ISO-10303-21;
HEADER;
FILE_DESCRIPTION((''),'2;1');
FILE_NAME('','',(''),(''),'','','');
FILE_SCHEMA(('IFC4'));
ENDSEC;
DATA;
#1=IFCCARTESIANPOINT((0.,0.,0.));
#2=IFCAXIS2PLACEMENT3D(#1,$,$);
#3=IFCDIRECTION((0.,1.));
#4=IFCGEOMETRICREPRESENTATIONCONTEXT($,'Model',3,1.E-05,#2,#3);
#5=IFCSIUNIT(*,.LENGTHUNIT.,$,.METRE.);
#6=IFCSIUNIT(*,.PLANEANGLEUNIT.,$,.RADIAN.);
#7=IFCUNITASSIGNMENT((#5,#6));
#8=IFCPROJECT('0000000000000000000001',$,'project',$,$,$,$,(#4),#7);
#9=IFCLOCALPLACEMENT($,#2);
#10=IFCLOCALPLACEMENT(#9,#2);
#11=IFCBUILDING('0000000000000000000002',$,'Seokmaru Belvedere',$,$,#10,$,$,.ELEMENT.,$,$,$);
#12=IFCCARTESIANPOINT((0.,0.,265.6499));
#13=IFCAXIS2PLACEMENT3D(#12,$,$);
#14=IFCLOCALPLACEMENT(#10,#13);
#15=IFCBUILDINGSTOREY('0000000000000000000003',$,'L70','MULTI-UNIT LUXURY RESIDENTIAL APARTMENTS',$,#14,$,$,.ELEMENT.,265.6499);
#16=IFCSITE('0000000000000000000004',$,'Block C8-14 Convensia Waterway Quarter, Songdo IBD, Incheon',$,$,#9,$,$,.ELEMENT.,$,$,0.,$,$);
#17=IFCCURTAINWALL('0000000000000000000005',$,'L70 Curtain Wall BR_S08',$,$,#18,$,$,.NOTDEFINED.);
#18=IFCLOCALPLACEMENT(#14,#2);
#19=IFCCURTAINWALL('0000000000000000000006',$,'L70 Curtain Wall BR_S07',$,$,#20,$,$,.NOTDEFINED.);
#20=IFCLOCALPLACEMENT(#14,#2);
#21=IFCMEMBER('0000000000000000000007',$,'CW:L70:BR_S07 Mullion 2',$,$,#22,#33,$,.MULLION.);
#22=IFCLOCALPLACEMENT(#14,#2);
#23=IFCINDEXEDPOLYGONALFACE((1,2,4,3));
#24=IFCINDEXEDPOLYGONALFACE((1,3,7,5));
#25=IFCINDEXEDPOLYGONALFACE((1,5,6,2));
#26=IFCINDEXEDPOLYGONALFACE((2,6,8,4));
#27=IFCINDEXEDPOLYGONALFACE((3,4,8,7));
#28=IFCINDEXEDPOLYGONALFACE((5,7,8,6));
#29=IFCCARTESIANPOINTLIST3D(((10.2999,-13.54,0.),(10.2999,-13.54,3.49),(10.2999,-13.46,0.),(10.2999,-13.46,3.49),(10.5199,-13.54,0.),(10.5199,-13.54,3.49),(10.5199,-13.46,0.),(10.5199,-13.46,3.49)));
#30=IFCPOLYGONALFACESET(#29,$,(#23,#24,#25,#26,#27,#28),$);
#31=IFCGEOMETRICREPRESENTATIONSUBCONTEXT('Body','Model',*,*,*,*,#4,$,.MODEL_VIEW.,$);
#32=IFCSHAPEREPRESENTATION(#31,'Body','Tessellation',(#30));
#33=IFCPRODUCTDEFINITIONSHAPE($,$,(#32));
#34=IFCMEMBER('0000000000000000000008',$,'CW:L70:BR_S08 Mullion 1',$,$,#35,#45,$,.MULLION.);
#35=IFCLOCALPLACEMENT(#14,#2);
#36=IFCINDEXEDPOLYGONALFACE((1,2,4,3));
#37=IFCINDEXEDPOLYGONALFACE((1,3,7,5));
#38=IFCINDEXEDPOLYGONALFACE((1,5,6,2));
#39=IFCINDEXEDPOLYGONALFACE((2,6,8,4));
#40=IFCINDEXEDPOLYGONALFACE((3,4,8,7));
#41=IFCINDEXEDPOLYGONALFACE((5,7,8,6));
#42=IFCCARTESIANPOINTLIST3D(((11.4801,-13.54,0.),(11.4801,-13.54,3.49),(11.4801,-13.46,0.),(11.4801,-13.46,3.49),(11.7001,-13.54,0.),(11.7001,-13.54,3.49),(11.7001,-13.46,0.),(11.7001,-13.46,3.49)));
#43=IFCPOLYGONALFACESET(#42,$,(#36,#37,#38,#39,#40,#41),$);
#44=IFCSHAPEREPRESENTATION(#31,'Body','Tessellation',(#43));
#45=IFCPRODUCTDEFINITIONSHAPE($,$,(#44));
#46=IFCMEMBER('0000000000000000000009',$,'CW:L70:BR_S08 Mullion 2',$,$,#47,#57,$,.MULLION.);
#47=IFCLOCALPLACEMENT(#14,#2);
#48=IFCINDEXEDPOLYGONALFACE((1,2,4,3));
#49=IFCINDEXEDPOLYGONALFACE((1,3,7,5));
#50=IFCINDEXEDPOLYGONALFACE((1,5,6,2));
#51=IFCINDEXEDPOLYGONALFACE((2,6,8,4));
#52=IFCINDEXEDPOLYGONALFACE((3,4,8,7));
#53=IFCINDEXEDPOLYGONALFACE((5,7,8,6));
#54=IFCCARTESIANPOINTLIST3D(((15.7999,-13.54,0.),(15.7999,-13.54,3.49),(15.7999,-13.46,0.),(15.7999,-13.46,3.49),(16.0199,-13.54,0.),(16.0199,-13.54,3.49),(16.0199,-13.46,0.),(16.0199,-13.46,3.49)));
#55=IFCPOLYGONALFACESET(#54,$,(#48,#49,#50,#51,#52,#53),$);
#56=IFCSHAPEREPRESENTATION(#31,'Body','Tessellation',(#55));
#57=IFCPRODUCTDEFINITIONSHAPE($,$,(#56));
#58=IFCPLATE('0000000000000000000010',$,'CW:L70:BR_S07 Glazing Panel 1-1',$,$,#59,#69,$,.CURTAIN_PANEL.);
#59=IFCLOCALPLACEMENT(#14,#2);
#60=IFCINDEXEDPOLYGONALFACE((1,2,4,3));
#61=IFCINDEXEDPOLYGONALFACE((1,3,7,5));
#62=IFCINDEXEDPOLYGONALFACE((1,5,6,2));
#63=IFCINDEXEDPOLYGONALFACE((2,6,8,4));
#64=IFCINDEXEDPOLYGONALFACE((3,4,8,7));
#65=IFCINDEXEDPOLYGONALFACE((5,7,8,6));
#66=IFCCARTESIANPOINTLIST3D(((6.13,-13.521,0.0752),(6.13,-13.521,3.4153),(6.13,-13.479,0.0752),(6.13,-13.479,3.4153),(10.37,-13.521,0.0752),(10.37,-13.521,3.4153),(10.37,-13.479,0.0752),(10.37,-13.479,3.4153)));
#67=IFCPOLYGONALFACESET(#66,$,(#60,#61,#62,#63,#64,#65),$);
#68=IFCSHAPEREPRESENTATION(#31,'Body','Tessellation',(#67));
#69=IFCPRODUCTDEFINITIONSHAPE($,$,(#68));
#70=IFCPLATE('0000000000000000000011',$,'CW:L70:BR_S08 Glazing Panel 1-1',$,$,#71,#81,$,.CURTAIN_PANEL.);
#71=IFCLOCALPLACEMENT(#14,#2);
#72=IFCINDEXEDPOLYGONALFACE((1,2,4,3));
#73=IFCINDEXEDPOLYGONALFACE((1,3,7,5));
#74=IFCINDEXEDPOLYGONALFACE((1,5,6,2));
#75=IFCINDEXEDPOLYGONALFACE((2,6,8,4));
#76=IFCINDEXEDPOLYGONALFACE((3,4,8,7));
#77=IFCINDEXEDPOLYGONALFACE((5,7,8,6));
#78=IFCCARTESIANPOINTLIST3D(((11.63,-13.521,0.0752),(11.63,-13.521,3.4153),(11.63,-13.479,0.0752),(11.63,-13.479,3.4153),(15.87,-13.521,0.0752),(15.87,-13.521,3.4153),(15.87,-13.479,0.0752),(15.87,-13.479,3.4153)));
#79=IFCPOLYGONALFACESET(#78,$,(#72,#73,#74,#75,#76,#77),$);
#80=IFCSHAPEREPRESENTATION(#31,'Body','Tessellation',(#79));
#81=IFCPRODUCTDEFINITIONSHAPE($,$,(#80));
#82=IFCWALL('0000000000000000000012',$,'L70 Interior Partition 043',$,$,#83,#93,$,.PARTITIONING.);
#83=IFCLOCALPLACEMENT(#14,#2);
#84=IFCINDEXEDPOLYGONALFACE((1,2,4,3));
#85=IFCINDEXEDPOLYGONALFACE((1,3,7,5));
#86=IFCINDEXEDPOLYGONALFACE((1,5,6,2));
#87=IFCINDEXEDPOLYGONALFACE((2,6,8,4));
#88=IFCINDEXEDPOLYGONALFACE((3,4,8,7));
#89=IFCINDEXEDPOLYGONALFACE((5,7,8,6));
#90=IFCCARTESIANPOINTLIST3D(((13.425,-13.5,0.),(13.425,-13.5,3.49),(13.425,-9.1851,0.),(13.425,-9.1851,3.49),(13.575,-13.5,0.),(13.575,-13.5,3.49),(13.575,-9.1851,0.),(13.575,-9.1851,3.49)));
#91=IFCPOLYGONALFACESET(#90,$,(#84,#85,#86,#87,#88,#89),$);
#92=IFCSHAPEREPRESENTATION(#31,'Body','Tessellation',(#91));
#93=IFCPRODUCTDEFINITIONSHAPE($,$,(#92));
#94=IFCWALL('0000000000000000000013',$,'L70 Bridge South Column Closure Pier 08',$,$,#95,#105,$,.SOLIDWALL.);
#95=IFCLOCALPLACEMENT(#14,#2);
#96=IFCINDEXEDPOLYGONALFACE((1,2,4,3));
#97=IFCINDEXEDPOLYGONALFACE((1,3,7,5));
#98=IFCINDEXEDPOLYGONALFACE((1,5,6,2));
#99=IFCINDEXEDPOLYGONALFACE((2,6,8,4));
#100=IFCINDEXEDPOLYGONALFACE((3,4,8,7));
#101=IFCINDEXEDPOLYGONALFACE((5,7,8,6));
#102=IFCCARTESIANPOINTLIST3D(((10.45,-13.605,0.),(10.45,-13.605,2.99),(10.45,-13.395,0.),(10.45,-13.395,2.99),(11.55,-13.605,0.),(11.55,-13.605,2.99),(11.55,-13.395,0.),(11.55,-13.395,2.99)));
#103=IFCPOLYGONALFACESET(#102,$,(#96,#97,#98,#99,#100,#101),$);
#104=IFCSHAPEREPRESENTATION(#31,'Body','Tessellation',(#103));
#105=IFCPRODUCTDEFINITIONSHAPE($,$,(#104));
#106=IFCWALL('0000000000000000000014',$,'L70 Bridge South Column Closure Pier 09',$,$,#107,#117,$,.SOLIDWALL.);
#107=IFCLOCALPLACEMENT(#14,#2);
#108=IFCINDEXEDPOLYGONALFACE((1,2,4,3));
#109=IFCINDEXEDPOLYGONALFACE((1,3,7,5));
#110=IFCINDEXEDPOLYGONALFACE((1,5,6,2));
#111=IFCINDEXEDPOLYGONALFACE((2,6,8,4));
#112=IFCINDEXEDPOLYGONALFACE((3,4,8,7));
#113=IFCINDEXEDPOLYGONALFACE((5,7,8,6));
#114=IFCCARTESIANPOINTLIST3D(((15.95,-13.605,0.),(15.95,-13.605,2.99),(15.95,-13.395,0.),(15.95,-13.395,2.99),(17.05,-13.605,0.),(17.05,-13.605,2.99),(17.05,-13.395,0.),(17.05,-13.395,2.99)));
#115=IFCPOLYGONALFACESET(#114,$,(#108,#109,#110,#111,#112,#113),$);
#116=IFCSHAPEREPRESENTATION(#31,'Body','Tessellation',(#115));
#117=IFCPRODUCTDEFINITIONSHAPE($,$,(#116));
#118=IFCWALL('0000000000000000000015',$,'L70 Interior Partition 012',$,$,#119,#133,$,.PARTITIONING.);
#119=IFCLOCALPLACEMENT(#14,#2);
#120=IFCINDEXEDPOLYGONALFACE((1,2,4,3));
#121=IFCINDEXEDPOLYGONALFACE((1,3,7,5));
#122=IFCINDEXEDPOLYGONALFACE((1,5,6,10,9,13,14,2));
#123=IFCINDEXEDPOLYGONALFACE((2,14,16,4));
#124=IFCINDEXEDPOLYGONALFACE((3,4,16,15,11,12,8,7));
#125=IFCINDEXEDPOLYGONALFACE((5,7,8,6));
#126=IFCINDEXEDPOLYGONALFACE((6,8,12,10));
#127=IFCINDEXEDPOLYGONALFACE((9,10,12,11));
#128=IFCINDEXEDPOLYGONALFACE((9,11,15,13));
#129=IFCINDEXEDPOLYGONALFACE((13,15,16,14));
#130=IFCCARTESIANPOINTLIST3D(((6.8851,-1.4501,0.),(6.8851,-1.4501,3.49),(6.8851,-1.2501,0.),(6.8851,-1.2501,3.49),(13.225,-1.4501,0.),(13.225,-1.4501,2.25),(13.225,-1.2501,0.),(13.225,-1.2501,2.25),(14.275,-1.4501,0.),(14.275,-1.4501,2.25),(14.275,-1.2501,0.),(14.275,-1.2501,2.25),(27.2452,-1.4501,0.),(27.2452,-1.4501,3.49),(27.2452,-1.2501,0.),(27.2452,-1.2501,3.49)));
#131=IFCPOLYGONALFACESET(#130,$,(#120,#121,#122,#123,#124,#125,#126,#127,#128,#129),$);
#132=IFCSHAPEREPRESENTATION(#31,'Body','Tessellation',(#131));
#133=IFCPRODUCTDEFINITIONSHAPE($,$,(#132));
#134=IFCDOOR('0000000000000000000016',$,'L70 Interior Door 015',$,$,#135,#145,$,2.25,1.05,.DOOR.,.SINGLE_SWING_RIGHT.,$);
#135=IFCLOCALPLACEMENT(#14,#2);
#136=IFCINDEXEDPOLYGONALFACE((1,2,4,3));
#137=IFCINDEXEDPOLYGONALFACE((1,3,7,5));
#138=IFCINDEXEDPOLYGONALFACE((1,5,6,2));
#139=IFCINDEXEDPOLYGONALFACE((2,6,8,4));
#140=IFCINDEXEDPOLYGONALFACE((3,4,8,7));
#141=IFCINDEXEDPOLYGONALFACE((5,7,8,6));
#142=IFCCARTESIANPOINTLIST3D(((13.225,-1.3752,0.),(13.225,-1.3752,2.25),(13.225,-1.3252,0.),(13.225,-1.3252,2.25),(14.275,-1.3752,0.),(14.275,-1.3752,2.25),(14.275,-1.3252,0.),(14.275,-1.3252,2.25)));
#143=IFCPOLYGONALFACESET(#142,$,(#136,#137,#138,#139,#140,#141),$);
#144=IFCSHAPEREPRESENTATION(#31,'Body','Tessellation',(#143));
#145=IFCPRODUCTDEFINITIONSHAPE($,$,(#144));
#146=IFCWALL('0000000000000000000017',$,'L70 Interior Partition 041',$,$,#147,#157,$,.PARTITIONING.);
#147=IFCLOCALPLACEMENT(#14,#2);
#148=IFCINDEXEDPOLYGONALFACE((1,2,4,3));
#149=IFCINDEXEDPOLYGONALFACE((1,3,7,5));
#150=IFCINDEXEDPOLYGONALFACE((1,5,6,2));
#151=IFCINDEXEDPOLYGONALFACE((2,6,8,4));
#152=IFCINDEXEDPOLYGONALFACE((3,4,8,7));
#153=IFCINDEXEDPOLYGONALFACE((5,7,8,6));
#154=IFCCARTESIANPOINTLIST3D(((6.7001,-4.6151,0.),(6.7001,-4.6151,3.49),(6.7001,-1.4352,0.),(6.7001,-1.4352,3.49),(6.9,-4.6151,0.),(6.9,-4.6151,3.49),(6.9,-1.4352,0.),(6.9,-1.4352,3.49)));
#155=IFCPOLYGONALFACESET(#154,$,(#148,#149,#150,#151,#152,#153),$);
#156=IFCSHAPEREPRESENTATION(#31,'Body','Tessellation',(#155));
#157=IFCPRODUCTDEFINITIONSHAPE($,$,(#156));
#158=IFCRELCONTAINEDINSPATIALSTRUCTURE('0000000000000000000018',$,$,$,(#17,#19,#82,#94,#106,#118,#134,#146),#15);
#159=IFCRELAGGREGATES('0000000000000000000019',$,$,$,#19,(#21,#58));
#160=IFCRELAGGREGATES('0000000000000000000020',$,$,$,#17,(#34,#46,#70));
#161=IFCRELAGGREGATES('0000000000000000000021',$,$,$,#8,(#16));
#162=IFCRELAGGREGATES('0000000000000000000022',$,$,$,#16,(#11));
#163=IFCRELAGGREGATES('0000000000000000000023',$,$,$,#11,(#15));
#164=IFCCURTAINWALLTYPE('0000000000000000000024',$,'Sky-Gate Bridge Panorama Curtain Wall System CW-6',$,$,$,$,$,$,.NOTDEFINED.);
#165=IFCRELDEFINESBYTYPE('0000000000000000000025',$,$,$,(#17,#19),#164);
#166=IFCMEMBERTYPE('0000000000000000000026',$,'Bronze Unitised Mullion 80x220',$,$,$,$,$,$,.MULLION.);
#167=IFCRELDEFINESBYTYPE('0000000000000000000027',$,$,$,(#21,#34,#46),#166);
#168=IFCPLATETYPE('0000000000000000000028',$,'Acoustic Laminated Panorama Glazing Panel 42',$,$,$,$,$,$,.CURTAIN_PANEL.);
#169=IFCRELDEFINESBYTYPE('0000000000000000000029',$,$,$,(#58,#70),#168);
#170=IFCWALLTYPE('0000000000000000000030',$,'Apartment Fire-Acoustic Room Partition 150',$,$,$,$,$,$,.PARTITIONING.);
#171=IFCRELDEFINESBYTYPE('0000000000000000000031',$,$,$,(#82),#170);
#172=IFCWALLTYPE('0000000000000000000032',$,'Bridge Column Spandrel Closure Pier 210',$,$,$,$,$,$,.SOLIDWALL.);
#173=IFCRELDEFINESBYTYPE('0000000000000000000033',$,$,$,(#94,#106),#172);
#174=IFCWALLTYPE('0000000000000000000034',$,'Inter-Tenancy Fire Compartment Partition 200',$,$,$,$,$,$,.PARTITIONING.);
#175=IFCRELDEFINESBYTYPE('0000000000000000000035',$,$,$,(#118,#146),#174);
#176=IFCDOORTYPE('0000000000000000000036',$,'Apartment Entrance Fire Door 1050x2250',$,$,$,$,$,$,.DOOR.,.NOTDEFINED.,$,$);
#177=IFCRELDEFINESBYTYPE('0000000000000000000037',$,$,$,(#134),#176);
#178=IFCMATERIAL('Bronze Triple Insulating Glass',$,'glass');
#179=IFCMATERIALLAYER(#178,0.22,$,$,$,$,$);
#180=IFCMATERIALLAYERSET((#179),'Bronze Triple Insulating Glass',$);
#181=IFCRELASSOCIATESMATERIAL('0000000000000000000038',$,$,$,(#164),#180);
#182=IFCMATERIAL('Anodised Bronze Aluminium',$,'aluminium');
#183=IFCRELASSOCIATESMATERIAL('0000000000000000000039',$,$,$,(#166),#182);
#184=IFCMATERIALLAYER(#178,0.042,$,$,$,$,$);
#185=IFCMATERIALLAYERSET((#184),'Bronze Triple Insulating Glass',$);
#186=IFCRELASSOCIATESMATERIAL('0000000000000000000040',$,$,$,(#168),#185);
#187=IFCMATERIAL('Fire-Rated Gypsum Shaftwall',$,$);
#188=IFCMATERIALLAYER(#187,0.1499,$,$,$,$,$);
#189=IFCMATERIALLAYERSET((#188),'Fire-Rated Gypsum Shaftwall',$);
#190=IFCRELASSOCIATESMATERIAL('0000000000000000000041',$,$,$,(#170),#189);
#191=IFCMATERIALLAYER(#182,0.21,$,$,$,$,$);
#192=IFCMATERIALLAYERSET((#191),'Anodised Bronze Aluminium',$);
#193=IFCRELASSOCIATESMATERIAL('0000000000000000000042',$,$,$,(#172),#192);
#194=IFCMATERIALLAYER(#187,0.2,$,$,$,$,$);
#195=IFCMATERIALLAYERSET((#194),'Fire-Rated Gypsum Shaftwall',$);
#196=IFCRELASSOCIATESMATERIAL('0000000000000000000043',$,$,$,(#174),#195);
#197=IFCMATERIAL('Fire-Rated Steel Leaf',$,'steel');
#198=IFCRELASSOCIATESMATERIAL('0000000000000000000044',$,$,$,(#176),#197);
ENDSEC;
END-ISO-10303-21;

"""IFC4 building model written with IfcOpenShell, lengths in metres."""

from ifc_helpers import new_model, si_unit, direction, frame, frame_2d, origin, origin_2d, place, context, subcontext, project, spatial, rectangle, extrude, source, transform, mapped, material, layer, layer_set, material_profile, profile_set, type_object, type_shapes, element, fill, aggregate, save


model = new_model("IFC4")

# Units and contexts
model_context = context("Model", 3, precision=1e-05, world=origin(), true_north=direction((0.0, 1.0)))
body_context = subcontext(model_context, "Body", "Model", "MODEL_VIEW")
ifc_project = project(units=[si_unit("LENGTHUNIT", "METRE"), si_unit("PLANEANGLEUNIT", "RADIAN")], contexts=[model_context])

# Site, building, storey
site_placement = place(None, origin())
site = spatial("IfcSite", under=ifc_project, at=site_placement, Name="Block C8-14 Convensia Waterway Quarter, Songdo IBD, Incheon", CompositionType="ELEMENT", RefElevation=0.0)
building_placement = place(site_placement, origin())
building = spatial("IfcBuilding", under=site, at=building_placement, Name="Seokmaru Belvedere", CompositionType="ELEMENT")
storey_placement = place(building_placement, frame((0.0, 0.0, 265.6499)))
storey = spatial("IfcBuildingStorey", under=building, at=storey_placement, Name="L70", Description="MULTI-UNIT LUXURY RESIDENTIAL APARTMENTS", CompositionType="ELEMENT", Elevation=265.6499)

# Curtain wall
ifc_material_1 = material(Name="Bronze Triple Insulating Glass", Category="glass")
ifc_layer_1 = layer(ifc_material_1, 0.22)
ifc_layer_set_1 = layer_set([ifc_layer_1], Name="Bronze Triple Insulating Glass")
curtain_wall_type = type_object("IfcCurtainWallType", Name="Sky-Gate Bridge Panorama Curtain Wall System CW-6", PredefinedType="NOTDEFINED", material=ifc_layer_set_1)
curtain_wall_1_placement = place(storey_placement, origin())
curtain_wall_1 = element("IfcCurtainWall", 1, at=curtain_wall_1_placement, inside=storey, type_object=curtain_wall_type, Name="L70 Curtain Wall BR_S08", PredefinedType="NOTDEFINED")
ifc_material_2 = material(Name="Anodised Bronze Aluminium", Category="aluminium")

# Curtain wall, member
curtain_wall_2_placement = place(storey_placement, origin())
curtain_wall_2 = element("IfcCurtainWall", 2, at=curtain_wall_2_placement, inside=storey, type_object=curtain_wall_type, Name="L70 Curtain Wall BR_S07", PredefinedType="NOTDEFINED")
ifc_material_profile_1 = material_profile(ifc_material_2, rectangle(XDim=0.0801, YDim=0.22, at=origin_2d()), Name="CW-M-80x220")
ifc_profile_set_1 = profile_set([ifc_material_profile_1], Name="Anodised Bronze Aluminium")
member_type_1 = type_object("IfcMemberType", Name="Bronze Unitised Mullion 80x220", PredefinedType="MULLION", material=ifc_profile_set_1)
shared_shape_1 = source(origin(), body_context, "Body", "SweptSolid", [
    extrude(rectangle(XDim=0.0801, YDim=0.22, at=origin_2d()), origin(), (0.0, 0.0, 1.0), 3.49),
])
type_shapes(member_type_1, [shared_shape_1])
member_1_placement = place(storey_placement, frame((10.4099, -13.5, 0.0), z_axis=(0.0, 0.0, 1.0), x_axis=(0.0, 1.0, 0.0)))
member_1 = element("IfcMember", 3, at=member_1_placement, type_object=member_type_1, Name="CW:L70:BR_S07 Mullion 2", PredefinedType="MULLION", context=body_context, shape_type="MappedRepresentation", body=[
    mapped(shared_shape_1, transform((0.0, 0.0, 0.0), scale=1.0)),
])

# Members
member_2_placement = place(storey_placement, frame((11.5901, -13.5, 0.0), z_axis=(0.0, 0.0, 1.0), x_axis=(0.0, 1.0, 0.0)))
member_2 = element("IfcMember", 4, at=member_2_placement, type_object=member_type_1, Name="CW:L70:BR_S08 Mullion 1", PredefinedType="MULLION", context=body_context, shape_type="MappedRepresentation", body=[
    mapped(shared_shape_1, transform((0.0, 0.0, 0.0), scale=1.0)),
])
member_3_placement = place(storey_placement, frame((15.9099, -13.5, 0.0), z_axis=(0.0, 0.0, 1.0), x_axis=(0.0, 1.0, 0.0)))
member_3 = element("IfcMember", 5, at=member_3_placement, type_object=member_type_1, Name="CW:L70:BR_S08 Mullion 2", PredefinedType="MULLION", context=body_context, shape_type="MappedRepresentation", body=[
    mapped(shared_shape_1, transform((0.0, 0.0, 0.0), scale=1.0)),
])

# Plates
ifc_layer_2 = layer(ifc_material_1, 0.042)
ifc_layer_set_2 = layer_set([ifc_layer_2], Name="Bronze Triple Insulating Glass")
plate_type = type_object("IfcPlateType", Name="Acoustic Laminated Panorama Glazing Panel 42", PredefinedType="CURTAIN_PANEL", material=ifc_layer_set_2)
shared_shape_2 = source(origin(), body_context, "Body", "SweptSolid", [
    extrude(rectangle(XDim=4.24, YDim=0.042, at=origin_2d()), origin(), (0.0, 0.0, 1.0), 3.3401),
])
type_shapes(plate_type, [shared_shape_2])
plate_1_placement = place(storey_placement, frame((8.25, -13.5, 0.0752), z_axis=(0.0, 0.0, 1.0), x_axis=(1.0, 0.0, 0.0)))
plate_1 = element("IfcPlate", 6, at=plate_1_placement, type_object=plate_type, Name="CW:L70:BR_S07 Glazing Panel 1-1", PredefinedType="CURTAIN_PANEL", context=body_context, shape_type="MappedRepresentation", body=[
    mapped(shared_shape_2, transform((0.0, 0.0, 0.0), scale=1.0)),
])
aggregate(curtain_wall_2, [member_1, plate_1])
plate_2_placement = place(storey_placement, frame((13.75, -13.5, 0.0752), z_axis=(0.0, 0.0, 1.0), x_axis=(1.0, 0.0, 0.0)))
plate_2 = element("IfcPlate", 7, at=plate_2_placement, type_object=plate_type, Name="CW:L70:BR_S08 Glazing Panel 1-1", PredefinedType="CURTAIN_PANEL", context=body_context, shape_type="MappedRepresentation", body=[
    mapped(shared_shape_2, transform((0.0, 0.0, 0.0), scale=1.0)),
])
aggregate(curtain_wall_1, [member_2, member_3, plate_2])

# Walls
ifc_material_3 = material(Name="Fire-Rated Gypsum Shaftwall")
ifc_layer_3 = layer(ifc_material_3, 0.1499)
ifc_layer_set_3 = layer_set([ifc_layer_3], Name="Fire-Rated Gypsum Shaftwall")
wall_type_1 = type_object("IfcWallType", Name="Apartment Fire-Acoustic Room Partition 150", PredefinedType="PARTITIONING", material=ifc_layer_set_3)
wall_1_placement = place(storey_placement, frame((13.5, -13.5, 0.0), z_axis=(0.0, 0.0, 1.0), x_axis=(0.0, 1.0, 0.0)))
element("IfcWall", 8, at=wall_1_placement, inside=storey, type_object=wall_type_1, Name="L70 Interior Partition 043", PredefinedType="PARTITIONING", context=body_context, shape_type="SweptSolid", body=[
    extrude(rectangle(XDim=4.3149, YDim=0.1499, at=frame_2d((2.1575, 0.0))), origin(), (0.0, 0.0, 1.0), 3.49),
])
ifc_layer_4 = layer(ifc_material_2, 0.21)
ifc_layer_set_4 = layer_set([ifc_layer_4], Name="Anodised Bronze Aluminium")
wall_type_2 = type_object("IfcWallType", Name="Bridge Column Spandrel Closure Pier 210", PredefinedType="SOLIDWALL", material=ifc_layer_set_4)
for number, where, z_axis, x_axis, name in (
    (9, (10.45, -13.5, 0.0), (0.0, 0.0, 1.0), (1.0, 0.0, 0.0), "L70 Bridge South Column Closure Pier 08"),
    (10, (15.95, -13.5, 0.0), (0.0, 0.0, 1.0), (1.0, 0.0, 0.0), "L70 Bridge South Column Closure Pier 09"),
):
    element("IfcWall", number, at=place(storey_placement, frame(where, z_axis=z_axis, x_axis=x_axis)), inside=storey, type_object=wall_type_2, Name=name, PredefinedType="SOLIDWALL", context=body_context, shape_type="SweptSolid", body=[
        extrude(rectangle(XDim=1.1001, YDim=0.21, at=frame_2d((0.55, 0.0))), origin(), (0.0, 0.0, 1.0), 2.99),
    ])

# Wall, opening, door
ifc_layer_5 = layer(ifc_material_3, 0.2)
ifc_layer_set_5 = layer_set([ifc_layer_5], Name="Fire-Rated Gypsum Shaftwall")
wall_type_3 = type_object("IfcWallType", Name="Inter-Tenancy Fire Compartment Partition 200", PredefinedType="PARTITIONING", material=ifc_layer_set_5)
wall_2_placement = place(storey_placement, frame((6.885, -1.3501, 0.0), z_axis=(0.0, 0.0, 1.0), x_axis=(1.0, 0.0, 0.0)))
wall_2 = element("IfcWall", 11, at=wall_2_placement, inside=storey, type_object=wall_type_3, Name="L70 Interior Partition 012", PredefinedType="PARTITIONING", context=body_context, shape_type="SweptSolid", body=[
    extrude(rectangle(XDim=20.3601, YDim=0.2, at=frame_2d((10.1802, 0.0))), origin(), (0.0, 0.0, 1.0), 3.49),
])
opening_placement = place(wall_2_placement, frame((6.3401, 0.0, 0.0)))
opening = element("IfcOpeningElement", 12, at=opening_placement, cuts=wall_2, PredefinedType="OPENING", context=body_context, shape_type="SweptSolid", body=[
    extrude(rectangle(XDim=1.05, YDim=2.25, at=frame_2d((0.5249, 1.125))), frame((0.0, 0.1099, 0.0), z_axis=(0.0, -1.0, 0.0), x_axis=(1.0, 0.0, 0.0)), (0.0, 0.0, 1.0), 0.22),
])
ifc_material_4 = material(Name="Fire-Rated Steel Leaf", Category="steel")
door_type = type_object("IfcDoorType", Name="Apartment Entrance Fire Door 1050x2250", OperationType="NOTDEFINED", PredefinedType="DOOR", material=ifc_material_4)
shared_shape_3 = source(origin(), body_context, "Body", "SweptSolid", [
    extrude(rectangle(XDim=1.05, YDim=2.25, at=frame_2d((0.5249, 1.125))), frame((0.0, 0.0249, 0.0), z_axis=(0.0, -1.0, 0.0), x_axis=(1.0, 0.0, 0.0)), (0.0, 0.0, 1.0), 0.05),
])
type_shapes(door_type, [shared_shape_3])
door_placement = place(opening_placement, origin())
door = element("IfcDoor", 13, at=door_placement, inside=storey, type_object=door_type, Name="L70 Interior Door 015", OperationType="SINGLE_SWING_RIGHT", OverallHeight=2.25, OverallWidth=1.05, PredefinedType="DOOR", context=body_context, shape_type="MappedRepresentation", body=[
    mapped(shared_shape_3, transform((0.0, 0.0, 0.0), scale=1.0)),
])
fill(opening, door)

# Wall
wall_3_placement = place(storey_placement, frame((6.8, -4.615, 0.0), z_axis=(0.0, 0.0, 1.0), x_axis=(0.0, 1.0, 0.0)))
element("IfcWall", 14, at=wall_3_placement, inside=storey, type_object=wall_type_3, Name="L70 Interior Partition 041", PredefinedType="PARTITIONING", context=body_context, shape_type="SweptSolid", body=[
    extrude(rectangle(XDim=3.1799, YDim=0.2, at=frame_2d((1.5898, 0.0))), origin(), (0.0, 0.0, 1.0), 3.49),
])

save(model, "model.ifc")
